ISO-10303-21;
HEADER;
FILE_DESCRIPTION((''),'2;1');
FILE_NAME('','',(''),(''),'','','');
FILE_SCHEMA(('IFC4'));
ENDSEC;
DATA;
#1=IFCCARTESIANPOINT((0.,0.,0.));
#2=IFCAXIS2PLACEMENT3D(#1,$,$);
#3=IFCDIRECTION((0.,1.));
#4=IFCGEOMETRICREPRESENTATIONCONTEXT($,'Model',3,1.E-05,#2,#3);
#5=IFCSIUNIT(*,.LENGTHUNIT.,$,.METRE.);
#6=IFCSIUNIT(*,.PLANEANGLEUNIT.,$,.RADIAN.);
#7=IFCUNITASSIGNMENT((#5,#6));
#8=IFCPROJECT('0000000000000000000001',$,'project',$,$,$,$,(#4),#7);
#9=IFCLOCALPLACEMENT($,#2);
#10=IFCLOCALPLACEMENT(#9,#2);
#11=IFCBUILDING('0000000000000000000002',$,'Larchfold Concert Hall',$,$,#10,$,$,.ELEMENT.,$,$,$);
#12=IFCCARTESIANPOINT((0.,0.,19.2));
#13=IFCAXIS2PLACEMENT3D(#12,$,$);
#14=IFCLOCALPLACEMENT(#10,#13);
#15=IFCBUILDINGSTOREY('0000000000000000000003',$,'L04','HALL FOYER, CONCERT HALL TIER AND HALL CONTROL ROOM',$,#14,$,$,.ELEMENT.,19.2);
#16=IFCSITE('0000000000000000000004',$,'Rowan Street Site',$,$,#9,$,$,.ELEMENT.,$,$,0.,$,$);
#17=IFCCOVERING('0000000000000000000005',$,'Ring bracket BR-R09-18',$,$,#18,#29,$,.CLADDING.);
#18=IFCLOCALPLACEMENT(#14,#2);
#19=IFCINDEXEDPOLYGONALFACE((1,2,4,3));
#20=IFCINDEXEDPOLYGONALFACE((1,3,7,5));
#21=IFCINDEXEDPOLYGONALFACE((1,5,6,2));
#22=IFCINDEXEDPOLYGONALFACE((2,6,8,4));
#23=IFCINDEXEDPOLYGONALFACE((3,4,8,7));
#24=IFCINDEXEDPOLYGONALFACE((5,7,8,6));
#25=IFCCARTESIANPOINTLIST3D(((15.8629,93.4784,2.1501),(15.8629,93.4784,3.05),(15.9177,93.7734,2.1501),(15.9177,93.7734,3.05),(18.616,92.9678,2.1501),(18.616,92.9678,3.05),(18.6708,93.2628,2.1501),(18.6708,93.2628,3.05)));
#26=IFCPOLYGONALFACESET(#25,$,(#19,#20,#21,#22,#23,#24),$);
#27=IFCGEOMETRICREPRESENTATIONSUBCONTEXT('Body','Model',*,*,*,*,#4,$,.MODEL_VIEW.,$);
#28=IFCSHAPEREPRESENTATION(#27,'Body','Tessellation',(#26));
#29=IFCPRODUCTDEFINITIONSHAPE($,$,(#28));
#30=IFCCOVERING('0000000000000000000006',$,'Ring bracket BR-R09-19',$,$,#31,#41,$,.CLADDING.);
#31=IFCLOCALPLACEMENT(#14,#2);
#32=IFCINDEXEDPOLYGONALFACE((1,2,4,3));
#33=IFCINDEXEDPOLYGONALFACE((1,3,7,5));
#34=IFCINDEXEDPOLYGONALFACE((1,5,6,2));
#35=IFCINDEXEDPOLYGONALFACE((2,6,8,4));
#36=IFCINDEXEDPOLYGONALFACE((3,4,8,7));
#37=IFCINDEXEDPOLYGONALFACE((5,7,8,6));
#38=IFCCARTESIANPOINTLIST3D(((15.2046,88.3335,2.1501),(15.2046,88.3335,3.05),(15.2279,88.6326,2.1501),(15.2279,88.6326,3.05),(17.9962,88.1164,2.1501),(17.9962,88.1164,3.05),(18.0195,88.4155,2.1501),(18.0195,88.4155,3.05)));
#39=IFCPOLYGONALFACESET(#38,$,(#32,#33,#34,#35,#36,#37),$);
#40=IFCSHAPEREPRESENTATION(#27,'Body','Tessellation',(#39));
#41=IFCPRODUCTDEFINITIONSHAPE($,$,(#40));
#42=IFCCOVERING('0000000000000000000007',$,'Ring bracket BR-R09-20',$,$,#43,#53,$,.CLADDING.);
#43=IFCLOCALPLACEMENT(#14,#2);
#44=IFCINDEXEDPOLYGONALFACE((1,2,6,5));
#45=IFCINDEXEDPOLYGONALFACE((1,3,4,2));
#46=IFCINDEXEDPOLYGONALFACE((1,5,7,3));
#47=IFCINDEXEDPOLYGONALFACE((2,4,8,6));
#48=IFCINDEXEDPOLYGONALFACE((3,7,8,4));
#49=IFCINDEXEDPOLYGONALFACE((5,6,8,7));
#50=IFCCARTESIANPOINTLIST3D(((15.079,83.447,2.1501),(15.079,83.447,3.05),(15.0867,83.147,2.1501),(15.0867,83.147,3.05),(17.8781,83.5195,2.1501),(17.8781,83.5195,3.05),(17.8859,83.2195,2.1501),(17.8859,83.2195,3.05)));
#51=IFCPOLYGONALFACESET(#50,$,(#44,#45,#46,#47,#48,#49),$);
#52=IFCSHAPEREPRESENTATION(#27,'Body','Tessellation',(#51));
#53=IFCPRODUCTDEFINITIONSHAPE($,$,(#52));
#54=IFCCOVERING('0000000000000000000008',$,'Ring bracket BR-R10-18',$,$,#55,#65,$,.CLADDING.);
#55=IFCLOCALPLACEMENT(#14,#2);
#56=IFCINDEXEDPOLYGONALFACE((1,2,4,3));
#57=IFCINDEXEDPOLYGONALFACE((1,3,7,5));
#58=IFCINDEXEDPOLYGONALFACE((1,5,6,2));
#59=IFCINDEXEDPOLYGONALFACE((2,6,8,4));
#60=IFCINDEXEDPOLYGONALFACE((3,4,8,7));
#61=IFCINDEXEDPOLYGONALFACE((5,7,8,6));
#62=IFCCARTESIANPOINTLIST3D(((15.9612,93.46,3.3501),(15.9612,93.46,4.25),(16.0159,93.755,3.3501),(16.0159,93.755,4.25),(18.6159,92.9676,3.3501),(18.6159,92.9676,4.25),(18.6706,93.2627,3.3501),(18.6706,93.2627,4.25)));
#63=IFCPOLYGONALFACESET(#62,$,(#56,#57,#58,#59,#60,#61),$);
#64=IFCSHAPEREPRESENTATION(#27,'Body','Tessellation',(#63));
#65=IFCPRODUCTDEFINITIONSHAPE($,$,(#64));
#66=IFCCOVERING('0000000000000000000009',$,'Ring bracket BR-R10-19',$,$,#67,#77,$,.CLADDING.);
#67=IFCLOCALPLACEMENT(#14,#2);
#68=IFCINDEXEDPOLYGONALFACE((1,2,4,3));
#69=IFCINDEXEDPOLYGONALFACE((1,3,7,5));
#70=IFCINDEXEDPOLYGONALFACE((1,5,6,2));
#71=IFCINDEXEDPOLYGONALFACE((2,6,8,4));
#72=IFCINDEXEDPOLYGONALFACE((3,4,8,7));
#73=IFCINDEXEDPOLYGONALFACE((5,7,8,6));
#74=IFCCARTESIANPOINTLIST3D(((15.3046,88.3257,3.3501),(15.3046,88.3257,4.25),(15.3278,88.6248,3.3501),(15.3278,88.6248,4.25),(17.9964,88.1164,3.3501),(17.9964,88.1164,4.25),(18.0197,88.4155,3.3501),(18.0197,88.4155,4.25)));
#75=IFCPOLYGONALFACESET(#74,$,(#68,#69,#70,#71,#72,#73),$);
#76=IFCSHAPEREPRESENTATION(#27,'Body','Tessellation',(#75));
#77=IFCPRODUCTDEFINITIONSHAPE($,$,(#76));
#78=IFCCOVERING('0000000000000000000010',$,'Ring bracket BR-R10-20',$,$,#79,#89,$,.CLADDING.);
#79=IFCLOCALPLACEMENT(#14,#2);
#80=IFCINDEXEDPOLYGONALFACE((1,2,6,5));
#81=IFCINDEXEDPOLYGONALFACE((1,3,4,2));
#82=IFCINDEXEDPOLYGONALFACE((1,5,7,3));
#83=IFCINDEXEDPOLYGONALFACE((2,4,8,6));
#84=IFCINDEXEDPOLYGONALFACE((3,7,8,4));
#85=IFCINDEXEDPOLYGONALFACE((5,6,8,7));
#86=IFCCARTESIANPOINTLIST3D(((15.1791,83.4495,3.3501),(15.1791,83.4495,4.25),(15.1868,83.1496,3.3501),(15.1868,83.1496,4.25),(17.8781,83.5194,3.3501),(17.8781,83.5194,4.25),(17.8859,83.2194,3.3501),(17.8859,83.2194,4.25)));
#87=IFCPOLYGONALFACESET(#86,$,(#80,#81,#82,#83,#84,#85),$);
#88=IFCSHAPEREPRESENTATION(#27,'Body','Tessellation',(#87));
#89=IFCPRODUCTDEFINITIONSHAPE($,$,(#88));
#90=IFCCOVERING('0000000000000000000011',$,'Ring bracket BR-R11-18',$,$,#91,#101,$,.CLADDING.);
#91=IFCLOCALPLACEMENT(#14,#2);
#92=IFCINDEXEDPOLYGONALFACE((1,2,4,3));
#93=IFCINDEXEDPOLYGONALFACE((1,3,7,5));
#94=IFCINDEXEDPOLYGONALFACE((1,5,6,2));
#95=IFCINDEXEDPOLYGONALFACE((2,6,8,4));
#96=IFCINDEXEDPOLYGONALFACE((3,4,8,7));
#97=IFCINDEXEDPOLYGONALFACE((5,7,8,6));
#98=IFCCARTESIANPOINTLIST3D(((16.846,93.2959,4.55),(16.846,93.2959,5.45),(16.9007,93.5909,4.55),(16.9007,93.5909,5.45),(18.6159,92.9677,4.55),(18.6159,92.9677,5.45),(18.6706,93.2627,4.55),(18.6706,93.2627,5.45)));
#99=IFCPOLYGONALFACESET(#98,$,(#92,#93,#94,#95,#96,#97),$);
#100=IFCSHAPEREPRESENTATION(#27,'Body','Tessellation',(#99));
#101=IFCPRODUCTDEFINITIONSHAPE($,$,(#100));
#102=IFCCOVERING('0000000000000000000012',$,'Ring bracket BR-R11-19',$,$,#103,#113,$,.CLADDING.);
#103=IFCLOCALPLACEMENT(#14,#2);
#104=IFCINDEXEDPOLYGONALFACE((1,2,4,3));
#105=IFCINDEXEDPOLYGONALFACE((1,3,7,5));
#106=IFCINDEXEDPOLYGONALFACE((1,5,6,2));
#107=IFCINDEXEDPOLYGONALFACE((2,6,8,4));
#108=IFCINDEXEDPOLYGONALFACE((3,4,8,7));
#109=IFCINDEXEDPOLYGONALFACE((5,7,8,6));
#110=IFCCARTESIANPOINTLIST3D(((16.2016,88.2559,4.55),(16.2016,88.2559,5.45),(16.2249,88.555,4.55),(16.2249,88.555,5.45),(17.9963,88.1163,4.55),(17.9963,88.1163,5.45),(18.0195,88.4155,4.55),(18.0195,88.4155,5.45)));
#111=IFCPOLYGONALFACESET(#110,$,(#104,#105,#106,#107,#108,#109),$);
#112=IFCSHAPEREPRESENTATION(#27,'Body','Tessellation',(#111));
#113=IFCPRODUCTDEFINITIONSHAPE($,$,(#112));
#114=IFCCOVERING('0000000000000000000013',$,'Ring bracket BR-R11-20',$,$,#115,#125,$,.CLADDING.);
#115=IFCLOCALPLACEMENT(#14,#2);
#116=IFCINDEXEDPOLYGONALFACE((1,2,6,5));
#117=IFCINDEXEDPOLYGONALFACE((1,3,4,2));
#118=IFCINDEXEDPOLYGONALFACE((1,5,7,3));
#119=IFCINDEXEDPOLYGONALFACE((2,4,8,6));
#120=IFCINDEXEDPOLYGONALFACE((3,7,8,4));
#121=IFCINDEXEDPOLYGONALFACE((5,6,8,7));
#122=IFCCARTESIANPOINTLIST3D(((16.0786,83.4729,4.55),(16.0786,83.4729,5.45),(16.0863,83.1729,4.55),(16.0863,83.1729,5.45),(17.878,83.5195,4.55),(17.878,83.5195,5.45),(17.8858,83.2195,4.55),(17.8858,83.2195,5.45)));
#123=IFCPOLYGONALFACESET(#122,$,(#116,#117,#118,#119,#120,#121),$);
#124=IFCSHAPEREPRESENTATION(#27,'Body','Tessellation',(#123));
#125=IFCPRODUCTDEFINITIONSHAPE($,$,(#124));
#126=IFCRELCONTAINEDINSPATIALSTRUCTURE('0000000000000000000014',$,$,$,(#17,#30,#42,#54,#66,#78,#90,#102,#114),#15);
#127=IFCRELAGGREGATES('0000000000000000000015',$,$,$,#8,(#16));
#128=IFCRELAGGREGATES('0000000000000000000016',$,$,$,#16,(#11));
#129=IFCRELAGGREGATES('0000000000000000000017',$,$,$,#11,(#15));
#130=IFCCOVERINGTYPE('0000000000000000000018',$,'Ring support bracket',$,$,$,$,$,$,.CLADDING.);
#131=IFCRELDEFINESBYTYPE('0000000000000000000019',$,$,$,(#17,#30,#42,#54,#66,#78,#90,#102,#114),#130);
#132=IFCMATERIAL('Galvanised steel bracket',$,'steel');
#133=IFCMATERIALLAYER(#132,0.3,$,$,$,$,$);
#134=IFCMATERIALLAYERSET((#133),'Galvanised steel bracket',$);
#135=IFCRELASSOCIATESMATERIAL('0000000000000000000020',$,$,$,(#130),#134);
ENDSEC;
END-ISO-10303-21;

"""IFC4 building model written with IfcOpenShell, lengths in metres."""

from ifc_helpers import new_model, si_unit, direction, frame, origin, origin_2d, place, context, subcontext, project, spatial, rectangle, extrude, material, layer, layer_set, type_object, element, save


model = new_model("IFC4")

# Units and contexts
model_context = context("Model", 3, precision=1e-05, world=origin(), true_north=direction((0.0, 1.0)))
body_context = subcontext(model_context, "Body", "Model", "MODEL_VIEW")
ifc_project = project(units=[si_unit("LENGTHUNIT", "METRE"), si_unit("PLANEANGLEUNIT", "RADIAN")], contexts=[model_context])

# Site, building, storey
site_placement = place(None, origin())
site = spatial("IfcSite", under=ifc_project, at=site_placement, Name="Rowan Street Site", CompositionType="ELEMENT", RefElevation=0.0)
building_placement = place(site_placement, origin())
building = spatial("IfcBuilding", under=site, at=building_placement, Name="Larchfold Concert Hall", CompositionType="ELEMENT")
storey_placement = place(building_placement, frame((0.0, 0.0, 19.2)))
storey = spatial("IfcBuildingStorey", under=building, at=storey_placement, Name="L04", Description="HALL FOYER, CONCERT HALL TIER AND HALL CONTROL ROOM", CompositionType="ELEMENT", Elevation=19.2)

# Coverings
ifc_material_1 = material(Name="Galvanised steel bracket", Category="steel")
ifc_layer_1 = layer(ifc_material_1, 0.3)
ifc_layer_set_1 = layer_set([ifc_layer_1], Name="Galvanised steel bracket")
covering_type = type_object("IfcCoveringType", Name="Ring support bracket", PredefinedType="CLADDING", material=ifc_layer_set_1)
for number, where, z_axis, x_axis, name in (
    (1, (17.2668, 93.3706, 2.1501), (0.0, 0.0, 1.0), (-0.983232, 0.182361, 0.0), "Ring bracket BR-R09-18"),
    (2, (16.6121, 88.3745, 2.1501), (0.0, 0.0, 1.0), (-0.99699, 0.077528, 0.0), "Ring bracket BR-R09-19"),
    (3, (16.4824, 83.3333, 2.1501), (0.0, 0.0, 1.0), (-0.999665, -0.025882, 0.0), "Ring bracket BR-R09-20"),
):
    element("IfcCovering", number, at=place(storey_placement, frame(where, z_axis=z_axis, x_axis=x_axis)), inside=storey, type_object=covering_type, Name=name, PredefinedType="CLADDING", context=body_context, shape_type="SweptSolid", body=[
        extrude(rectangle(XDim=2.8, YDim=0.3, at=origin_2d()), origin(), (0.0, 0.0, 1.0), 0.8999),
    ])
for number, where, z_axis, x_axis, name in (
    (4, (17.3159, 93.3613, 3.3501), (0.0, 0.0, 1.0), (-0.983232, 0.182361, 0.0), "Ring bracket BR-R10-18"),
    (5, (16.6621, 88.3706, 3.3501), (0.0, 0.0, 1.0), (-0.99699, 0.077528, 0.0), "Ring bracket BR-R10-19"),
    (6, (16.5325, 83.3345, 3.3501), (0.0, 0.0, 1.0), (-0.999665, -0.025882, 0.0), "Ring bracket BR-R10-20"),
):
    element("IfcCovering", number, at=place(storey_placement, frame(where, z_axis=z_axis, x_axis=x_axis)), inside=storey, type_object=covering_type, Name=name, PredefinedType="CLADDING", context=body_context, shape_type="SweptSolid", body=[
        extrude(rectangle(XDim=2.7, YDim=0.3, at=origin_2d()), origin(), (0.0, 0.0, 1.0), 0.8999),
    ])
for number, where, z_axis, x_axis, name in (
    (7, (17.7583, 93.2793, 4.55), (0.0, 0.0, 1.0), (-0.983232, 0.182361, 0.0), "Ring bracket BR-R11-18"),
    (8, (17.1106, 88.3357, 4.55), (0.0, 0.0, 1.0), (-0.99699, 0.077528, 0.0), "Ring bracket BR-R11-19"),
    (9, (16.9822, 83.3462, 4.55), (0.0, 0.0, 1.0), (-0.999665, -0.025882, 0.0), "Ring bracket BR-R11-20"),
):
    element("IfcCovering", number, at=place(storey_placement, frame(where, z_axis=z_axis, x_axis=x_axis)), inside=storey, type_object=covering_type, Name=name, PredefinedType="CLADDING", context=body_context, shape_type="SweptSolid", body=[
        extrude(rectangle(XDim=1.8, YDim=0.3, at=origin_2d()), origin(), (0.0, 0.0, 1.0), 0.8999),
    ])

save(model, "model.ifc")
